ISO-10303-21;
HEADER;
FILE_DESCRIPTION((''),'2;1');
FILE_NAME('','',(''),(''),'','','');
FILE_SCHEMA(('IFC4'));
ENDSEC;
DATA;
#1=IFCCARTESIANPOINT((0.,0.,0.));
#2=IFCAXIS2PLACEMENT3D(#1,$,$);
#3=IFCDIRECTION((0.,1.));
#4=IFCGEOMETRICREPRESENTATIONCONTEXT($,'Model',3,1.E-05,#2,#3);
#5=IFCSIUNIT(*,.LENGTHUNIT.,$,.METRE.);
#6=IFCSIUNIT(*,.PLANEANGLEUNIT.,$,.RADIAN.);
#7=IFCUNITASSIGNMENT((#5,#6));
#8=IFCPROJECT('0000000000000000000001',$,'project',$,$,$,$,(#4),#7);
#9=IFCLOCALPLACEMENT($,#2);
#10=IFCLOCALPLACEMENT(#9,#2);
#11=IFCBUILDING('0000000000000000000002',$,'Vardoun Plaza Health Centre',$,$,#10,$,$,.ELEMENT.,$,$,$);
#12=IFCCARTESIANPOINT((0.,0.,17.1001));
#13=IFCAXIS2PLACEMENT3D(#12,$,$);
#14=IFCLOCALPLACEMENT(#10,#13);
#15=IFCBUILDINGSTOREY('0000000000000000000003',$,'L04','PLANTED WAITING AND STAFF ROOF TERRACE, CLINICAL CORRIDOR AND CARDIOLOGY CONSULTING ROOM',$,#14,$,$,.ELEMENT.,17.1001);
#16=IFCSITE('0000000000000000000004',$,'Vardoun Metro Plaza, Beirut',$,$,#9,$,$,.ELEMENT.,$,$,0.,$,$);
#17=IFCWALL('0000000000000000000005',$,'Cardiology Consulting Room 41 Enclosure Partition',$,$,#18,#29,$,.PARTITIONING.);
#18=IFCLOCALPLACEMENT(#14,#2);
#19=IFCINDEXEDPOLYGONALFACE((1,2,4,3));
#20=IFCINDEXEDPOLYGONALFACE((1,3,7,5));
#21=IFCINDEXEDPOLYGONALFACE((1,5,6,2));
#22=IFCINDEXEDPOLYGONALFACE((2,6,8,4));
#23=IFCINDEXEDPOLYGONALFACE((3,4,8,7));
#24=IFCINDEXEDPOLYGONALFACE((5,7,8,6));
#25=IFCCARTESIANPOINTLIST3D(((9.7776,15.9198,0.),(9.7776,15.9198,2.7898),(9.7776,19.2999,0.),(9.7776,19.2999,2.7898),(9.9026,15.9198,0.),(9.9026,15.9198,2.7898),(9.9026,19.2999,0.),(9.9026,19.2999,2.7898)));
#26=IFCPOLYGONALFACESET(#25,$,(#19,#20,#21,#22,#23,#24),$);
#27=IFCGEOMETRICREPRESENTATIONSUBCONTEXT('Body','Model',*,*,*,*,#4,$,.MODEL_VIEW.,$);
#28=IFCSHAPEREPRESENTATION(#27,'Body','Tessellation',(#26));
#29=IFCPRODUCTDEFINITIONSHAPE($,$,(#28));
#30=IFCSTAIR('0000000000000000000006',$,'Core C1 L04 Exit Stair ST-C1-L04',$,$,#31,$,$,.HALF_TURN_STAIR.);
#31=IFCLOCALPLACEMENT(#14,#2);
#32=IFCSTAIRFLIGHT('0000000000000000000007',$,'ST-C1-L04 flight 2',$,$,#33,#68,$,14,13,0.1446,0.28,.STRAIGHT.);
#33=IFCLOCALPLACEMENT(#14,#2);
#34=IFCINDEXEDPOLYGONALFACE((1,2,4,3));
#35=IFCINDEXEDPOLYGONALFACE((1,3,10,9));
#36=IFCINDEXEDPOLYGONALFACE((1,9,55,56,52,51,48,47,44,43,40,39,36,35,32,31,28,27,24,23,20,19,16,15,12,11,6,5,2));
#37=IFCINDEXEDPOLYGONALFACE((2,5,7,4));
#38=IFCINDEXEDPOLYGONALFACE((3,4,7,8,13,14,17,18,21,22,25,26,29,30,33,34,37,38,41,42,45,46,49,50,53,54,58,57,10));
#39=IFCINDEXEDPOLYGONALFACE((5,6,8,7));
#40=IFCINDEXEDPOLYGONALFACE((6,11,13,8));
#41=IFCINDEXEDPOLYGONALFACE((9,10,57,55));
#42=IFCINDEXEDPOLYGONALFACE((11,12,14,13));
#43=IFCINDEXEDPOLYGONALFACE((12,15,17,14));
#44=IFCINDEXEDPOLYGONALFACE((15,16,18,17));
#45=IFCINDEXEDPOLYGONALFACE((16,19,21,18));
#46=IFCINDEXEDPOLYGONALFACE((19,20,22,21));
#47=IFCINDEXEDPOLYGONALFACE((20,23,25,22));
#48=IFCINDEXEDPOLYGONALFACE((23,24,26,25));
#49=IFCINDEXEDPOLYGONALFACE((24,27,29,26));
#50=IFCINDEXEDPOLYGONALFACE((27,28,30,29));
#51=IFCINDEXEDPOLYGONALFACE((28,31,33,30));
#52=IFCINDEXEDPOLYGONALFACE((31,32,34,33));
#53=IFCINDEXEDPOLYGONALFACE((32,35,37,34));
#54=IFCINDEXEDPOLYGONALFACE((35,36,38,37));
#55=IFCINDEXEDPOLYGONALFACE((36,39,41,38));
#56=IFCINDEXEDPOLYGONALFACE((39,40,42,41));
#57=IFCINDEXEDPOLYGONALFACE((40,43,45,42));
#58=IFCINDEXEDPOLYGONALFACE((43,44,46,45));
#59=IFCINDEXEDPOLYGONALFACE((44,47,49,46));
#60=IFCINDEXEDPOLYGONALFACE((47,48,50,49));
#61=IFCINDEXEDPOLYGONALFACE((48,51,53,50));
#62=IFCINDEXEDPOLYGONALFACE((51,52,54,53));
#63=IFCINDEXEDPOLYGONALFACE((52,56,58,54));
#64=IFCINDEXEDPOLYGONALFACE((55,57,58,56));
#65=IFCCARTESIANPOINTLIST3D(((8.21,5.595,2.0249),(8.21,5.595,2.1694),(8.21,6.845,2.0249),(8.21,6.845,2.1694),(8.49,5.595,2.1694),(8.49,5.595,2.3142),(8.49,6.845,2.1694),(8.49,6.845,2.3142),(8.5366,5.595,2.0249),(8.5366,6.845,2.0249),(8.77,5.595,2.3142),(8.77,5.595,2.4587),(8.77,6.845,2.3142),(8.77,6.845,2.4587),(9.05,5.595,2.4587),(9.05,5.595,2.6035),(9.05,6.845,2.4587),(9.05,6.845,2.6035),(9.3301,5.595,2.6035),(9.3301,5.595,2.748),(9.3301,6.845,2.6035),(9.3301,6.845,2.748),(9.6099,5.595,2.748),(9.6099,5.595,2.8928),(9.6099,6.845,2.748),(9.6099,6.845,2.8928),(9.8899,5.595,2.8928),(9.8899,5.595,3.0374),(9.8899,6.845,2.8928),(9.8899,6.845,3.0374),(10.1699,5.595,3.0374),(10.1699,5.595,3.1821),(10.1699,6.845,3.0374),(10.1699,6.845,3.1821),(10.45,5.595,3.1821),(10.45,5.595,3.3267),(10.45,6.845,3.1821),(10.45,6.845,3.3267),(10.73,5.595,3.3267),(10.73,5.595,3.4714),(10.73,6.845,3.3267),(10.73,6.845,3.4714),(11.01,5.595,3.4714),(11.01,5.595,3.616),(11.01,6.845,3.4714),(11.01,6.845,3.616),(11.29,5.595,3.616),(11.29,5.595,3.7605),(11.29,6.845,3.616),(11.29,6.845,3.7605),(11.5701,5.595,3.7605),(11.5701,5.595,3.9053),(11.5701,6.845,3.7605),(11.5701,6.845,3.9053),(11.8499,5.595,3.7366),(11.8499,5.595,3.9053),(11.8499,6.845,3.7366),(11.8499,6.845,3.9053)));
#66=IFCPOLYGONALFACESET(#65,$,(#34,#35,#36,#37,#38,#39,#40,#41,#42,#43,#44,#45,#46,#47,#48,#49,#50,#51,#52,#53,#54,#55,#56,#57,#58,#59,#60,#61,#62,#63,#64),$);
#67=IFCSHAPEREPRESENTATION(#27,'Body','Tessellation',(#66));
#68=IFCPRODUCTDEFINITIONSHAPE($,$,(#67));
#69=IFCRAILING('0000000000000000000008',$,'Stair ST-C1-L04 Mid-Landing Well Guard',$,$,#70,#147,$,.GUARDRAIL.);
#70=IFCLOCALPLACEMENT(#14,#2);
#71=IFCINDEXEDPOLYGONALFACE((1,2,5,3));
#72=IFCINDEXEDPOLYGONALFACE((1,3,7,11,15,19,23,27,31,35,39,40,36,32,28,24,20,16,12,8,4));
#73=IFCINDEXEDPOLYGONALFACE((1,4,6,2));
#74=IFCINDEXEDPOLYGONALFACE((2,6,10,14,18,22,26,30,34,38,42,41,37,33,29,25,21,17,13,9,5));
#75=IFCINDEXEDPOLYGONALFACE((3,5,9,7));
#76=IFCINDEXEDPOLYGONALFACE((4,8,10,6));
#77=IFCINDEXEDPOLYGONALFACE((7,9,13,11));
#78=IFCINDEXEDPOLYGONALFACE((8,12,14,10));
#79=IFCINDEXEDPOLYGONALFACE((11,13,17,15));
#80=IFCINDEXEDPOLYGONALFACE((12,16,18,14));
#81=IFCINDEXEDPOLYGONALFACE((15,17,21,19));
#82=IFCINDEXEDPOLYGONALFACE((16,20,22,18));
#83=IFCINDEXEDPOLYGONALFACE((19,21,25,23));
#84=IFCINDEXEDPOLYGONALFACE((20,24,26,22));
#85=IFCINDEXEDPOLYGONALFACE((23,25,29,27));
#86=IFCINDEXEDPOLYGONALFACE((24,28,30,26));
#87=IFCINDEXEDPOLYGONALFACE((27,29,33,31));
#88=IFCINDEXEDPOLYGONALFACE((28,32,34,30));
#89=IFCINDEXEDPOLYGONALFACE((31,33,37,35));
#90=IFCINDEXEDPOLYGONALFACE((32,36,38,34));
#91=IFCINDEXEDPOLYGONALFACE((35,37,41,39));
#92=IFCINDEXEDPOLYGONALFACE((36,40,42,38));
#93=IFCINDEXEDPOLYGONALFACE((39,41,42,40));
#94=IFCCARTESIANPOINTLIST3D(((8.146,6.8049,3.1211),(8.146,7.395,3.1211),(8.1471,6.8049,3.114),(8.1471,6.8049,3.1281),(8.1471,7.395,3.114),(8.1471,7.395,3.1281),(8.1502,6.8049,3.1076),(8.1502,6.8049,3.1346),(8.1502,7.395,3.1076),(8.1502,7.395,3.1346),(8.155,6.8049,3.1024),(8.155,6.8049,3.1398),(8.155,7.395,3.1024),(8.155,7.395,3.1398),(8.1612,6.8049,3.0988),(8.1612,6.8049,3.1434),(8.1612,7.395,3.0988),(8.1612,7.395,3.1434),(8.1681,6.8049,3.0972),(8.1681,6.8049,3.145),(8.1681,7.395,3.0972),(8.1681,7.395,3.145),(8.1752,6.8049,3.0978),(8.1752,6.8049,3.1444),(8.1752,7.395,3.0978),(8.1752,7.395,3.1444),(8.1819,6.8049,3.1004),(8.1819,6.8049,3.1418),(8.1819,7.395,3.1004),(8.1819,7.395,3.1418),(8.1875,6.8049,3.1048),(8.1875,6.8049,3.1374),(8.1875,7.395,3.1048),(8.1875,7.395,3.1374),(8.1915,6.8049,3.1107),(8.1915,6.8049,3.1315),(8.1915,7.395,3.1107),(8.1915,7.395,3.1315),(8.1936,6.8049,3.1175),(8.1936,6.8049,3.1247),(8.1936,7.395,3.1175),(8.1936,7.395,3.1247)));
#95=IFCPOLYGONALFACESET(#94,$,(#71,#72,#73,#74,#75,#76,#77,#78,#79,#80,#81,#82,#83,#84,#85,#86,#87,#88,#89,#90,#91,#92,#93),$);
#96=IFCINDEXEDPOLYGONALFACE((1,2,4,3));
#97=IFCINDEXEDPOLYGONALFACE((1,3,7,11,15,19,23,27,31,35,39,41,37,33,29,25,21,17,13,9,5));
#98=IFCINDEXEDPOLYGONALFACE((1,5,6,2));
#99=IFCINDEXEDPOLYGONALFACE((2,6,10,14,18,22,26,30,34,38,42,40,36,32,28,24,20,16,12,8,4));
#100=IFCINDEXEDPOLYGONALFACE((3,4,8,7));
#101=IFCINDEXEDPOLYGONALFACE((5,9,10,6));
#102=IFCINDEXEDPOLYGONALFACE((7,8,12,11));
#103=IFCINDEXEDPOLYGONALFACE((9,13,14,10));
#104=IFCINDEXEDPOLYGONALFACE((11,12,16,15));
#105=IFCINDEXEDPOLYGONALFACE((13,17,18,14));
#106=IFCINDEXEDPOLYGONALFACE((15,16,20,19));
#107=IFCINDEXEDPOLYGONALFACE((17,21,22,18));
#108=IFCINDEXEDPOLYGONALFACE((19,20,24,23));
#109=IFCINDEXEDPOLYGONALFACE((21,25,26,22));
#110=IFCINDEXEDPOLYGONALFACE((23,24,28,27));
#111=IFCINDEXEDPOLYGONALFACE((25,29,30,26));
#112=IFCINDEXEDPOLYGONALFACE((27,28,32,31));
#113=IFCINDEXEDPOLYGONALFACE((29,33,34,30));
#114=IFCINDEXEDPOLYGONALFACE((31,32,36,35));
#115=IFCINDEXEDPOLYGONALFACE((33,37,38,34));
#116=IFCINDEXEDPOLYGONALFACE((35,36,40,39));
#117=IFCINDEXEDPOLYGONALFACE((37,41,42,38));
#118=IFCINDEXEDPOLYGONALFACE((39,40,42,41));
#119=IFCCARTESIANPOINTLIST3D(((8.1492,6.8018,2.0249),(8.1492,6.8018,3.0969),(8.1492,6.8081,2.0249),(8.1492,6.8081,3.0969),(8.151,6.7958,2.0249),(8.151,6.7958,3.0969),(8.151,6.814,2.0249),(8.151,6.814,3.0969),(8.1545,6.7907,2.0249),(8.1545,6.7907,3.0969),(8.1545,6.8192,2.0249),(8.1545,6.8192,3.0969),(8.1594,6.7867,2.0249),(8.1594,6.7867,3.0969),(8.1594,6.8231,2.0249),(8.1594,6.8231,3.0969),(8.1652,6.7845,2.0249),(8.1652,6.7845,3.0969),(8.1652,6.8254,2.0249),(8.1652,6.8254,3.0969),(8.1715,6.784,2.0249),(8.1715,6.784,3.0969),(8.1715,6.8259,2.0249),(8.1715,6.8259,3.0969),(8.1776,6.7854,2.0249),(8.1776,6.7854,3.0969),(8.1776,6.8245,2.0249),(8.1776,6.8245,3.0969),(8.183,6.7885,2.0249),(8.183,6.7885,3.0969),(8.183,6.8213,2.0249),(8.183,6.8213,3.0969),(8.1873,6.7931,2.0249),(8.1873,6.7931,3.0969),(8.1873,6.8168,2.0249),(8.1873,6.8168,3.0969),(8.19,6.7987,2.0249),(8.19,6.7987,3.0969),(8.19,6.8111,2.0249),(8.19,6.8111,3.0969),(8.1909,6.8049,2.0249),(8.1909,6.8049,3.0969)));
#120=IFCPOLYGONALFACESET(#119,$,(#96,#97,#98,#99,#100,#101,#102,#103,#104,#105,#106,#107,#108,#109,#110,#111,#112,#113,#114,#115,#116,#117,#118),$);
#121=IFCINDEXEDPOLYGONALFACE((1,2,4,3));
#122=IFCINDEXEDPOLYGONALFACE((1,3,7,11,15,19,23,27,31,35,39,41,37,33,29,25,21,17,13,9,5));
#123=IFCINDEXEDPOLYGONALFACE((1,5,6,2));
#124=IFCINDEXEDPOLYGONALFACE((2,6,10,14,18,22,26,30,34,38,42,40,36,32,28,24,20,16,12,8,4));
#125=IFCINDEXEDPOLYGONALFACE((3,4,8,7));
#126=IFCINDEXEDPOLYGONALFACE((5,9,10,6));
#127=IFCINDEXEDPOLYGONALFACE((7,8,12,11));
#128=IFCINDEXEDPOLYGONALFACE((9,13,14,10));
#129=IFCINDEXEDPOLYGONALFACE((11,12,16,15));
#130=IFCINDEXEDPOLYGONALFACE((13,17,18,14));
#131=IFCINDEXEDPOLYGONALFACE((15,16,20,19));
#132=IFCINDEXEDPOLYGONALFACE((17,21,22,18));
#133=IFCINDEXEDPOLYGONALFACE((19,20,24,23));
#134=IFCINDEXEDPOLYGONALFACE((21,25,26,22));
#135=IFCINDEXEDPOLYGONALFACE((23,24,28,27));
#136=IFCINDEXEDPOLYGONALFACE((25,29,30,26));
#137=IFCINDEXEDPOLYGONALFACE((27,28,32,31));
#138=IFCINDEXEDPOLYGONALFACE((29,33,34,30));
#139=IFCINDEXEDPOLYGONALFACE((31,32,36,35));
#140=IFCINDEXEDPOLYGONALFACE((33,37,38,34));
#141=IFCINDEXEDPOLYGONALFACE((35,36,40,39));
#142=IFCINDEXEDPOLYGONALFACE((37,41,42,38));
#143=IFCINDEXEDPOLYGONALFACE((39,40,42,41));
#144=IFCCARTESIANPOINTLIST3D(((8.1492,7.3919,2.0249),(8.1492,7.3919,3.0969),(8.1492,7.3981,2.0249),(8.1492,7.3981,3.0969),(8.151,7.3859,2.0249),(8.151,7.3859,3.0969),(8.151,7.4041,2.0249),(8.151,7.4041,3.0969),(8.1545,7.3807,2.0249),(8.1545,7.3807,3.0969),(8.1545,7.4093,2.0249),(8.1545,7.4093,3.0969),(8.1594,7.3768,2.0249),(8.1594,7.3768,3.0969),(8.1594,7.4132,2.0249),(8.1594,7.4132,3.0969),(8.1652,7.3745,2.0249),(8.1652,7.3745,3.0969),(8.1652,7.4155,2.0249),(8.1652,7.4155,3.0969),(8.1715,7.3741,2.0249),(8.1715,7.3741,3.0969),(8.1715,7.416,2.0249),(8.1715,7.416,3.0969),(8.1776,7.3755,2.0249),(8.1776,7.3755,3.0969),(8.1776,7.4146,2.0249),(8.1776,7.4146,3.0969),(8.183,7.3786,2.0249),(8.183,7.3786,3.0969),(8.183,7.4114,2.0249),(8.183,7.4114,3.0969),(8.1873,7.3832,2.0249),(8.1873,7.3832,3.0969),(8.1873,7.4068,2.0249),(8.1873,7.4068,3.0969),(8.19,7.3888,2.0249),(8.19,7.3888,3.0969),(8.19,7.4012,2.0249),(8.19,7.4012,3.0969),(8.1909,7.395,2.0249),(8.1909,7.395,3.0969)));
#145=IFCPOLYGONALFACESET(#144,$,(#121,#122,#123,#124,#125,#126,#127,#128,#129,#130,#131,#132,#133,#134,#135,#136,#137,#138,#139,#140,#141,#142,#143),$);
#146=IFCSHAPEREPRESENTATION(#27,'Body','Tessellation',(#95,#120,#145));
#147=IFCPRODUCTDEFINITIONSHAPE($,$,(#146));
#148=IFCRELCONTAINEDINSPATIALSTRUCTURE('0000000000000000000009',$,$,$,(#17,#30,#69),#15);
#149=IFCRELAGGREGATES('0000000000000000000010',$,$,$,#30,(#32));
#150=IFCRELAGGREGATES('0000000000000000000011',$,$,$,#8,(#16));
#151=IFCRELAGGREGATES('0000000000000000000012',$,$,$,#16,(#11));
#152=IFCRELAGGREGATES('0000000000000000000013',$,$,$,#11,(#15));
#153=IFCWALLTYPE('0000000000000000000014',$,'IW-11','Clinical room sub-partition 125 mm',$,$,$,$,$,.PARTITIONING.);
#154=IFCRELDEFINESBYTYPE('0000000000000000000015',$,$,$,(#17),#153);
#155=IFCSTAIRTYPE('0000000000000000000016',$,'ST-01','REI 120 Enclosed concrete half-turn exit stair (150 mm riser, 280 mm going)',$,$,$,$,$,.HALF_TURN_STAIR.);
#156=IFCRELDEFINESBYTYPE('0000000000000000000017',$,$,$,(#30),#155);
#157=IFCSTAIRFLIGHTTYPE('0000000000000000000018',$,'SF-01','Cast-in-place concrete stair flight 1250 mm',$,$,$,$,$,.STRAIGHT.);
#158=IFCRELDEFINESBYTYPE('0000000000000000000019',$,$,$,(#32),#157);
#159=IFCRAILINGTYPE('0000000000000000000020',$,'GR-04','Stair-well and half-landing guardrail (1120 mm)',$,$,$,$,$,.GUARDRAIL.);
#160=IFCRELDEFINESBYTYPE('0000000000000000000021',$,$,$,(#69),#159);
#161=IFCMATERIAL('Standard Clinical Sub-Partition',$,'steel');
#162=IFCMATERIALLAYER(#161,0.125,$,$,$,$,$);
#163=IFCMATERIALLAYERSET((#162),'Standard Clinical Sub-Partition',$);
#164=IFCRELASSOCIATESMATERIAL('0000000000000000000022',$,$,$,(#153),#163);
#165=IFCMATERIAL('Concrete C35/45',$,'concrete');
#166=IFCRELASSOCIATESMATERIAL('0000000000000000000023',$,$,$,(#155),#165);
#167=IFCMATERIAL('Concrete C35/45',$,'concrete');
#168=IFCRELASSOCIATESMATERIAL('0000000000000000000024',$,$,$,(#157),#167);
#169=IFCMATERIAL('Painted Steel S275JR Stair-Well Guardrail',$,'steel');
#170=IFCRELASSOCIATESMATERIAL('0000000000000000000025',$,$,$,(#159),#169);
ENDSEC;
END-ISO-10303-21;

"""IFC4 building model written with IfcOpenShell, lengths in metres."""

from ifc_helpers import new_model, si_unit, direction, frame, frame_2d, origin, origin_2d, place, context, subcontext, project, spatial, polyline, rectangle, circle, outline, extrude, material, layer, layer_set, type_object, element, aggregate, save


model = new_model("IFC4")

# Units and contexts
model_context = context("Model", 3, precision=1e-05, world=origin(), true_north=direction((0.0, 1.0)))
body_context = subcontext(model_context, "Body", "Model", "MODEL_VIEW")
ifc_project = project(units=[si_unit("LENGTHUNIT", "METRE"), si_unit("PLANEANGLEUNIT", "RADIAN")], contexts=[model_context])

# Site, building, storey
site_placement = place(None, origin())
site = spatial("IfcSite", under=ifc_project, at=site_placement, Name="Vardoun Metro Plaza, Beirut", CompositionType="ELEMENT", RefElevation=0.0)
building_placement = place(site_placement, origin())
building = spatial("IfcBuilding", under=site, at=building_placement, Name="Vardoun Plaza Health Centre", CompositionType="ELEMENT")
storey_placement = place(building_placement, frame((0.0, 0.0, 17.1001)))
storey = spatial("IfcBuildingStorey", under=building, at=storey_placement, Name="L04", Description="PLANTED WAITING AND STAFF ROOF TERRACE, CLINICAL CORRIDOR AND CARDIOLOGY CONSULTING ROOM", CompositionType="ELEMENT", Elevation=17.1001)

# Wall
ifc_material_1 = material(Name="Standard Clinical Sub-Partition", Category="steel")
ifc_layer_1 = layer(ifc_material_1, 0.125)
ifc_layer_set_1 = layer_set([ifc_layer_1], Name="Standard Clinical Sub-Partition")
wall_type_1 = type_object("IfcWallType", Name="IW-11", Description="Clinical room sub-partition 125 mm", PredefinedType="PARTITIONING", material=ifc_layer_set_1)
wall_1_placement = place(storey_placement, frame((9.8401, 15.9199, 0.0), z_axis=(0.0, 0.0, 1.0), x_axis=(0.0, 1.0, 0.0)))
element("IfcWall", 1, at=wall_1_placement, inside=storey, type_object=wall_type_1, Name="Cardiology Consulting Room 41 Enclosure Partition", PredefinedType="PARTITIONING", context=body_context, shape_type="SweptSolid", body=[
    extrude(rectangle(XDim=3.3801, YDim=0.125, at=frame_2d((1.6899, 0.0))), origin(), (0.0, 0.0, 1.0), 2.7898),
])

# Stair, stair flight
ifc_material_2 = material(Name="Concrete C35/45", Category="concrete")
stair_type = type_object("IfcStairType", Name="ST-01", Description="REI 120 Enclosed concrete half-turn exit stair (150 mm riser, 280 mm going)", PredefinedType="HALF_TURN_STAIR", material=ifc_material_2)
stair_placement = place(storey_placement, origin())
stair = element("IfcStair", 2, at=stair_placement, inside=storey, type_object=stair_type, Name="Core C1 L04 Exit Stair ST-C1-L04", PredefinedType="HALF_TURN_STAIR")
ifc_material_3 = material(Name="Concrete C35/45", Category="concrete")
stair_flight_type = type_object("IfcStairFlightType", Name="SF-01", Description="Cast-in-place concrete stair flight 1250 mm", PredefinedType="STRAIGHT", material=ifc_material_3)
stair_flight_placement = place(storey_placement, frame((8.21, 6.22, 2.0249), z_axis=(0.0, 0.0, 1.0), x_axis=(1.0, 0.0, 0.0)))
stair_flight = element("IfcStairFlight", 3, at=stair_flight_placement, type_object=stair_flight_type, Name="ST-C1-L04 flight 2", NumberOfRisers=14, NumberOfTreads=13, PredefinedType="STRAIGHT", RiserHeight=0.1446, TreadLength=0.28, context=body_context, shape_type="SweptSolid", body=[
    extrude(outline(polyline([(0.0, 0.0), (0.0, 0.1445), (0.28, 0.1445), (0.28, 0.2893), (0.5601, 0.2893), (0.5601, 0.4338), (0.8401, 0.4338), (0.8401, 0.5786), (1.1201, 0.5786), (1.1201, 0.7231), (1.3999, 0.7231), (1.3999, 0.8679), (1.6799, 0.8679), (1.6799, 1.0125), (1.96, 1.0125), (1.96, 1.1572), (2.24, 1.1572), (2.24, 1.3018), (2.52, 1.3018), (2.52, 1.4465), (2.8, 1.4465), (2.8, 1.5911), (3.0801, 1.5911), (3.0801, 1.7356), (3.3601, 1.7356), (3.3601, 1.8804), (3.6399, 1.8804), (3.6399, 2.0249), (3.6399, 1.7117), (0.3267, 0.0), (0.0, 0.0)])), frame((0.0, 0.625, 0.0), z_axis=(0.0, -1.0, 0.0), x_axis=(1.0, 0.0, 0.0)), (0.0, 0.0, 1.0), 1.25),
])
aggregate(stair, [stair_flight])

# Railing
ifc_material_4 = material(Name="Painted Steel S275JR Stair-Well Guardrail", Category="steel")
railing_type_1 = type_object("IfcRailingType", Name="GR-04", Description="Stair-well and half-landing guardrail (1120 mm)", PredefinedType="GUARDRAIL", material=ifc_material_4)
railing_1_placement = place(storey_placement, frame((8.1699, 6.8049, 2.0249)))
element("IfcRailing", 4, at=railing_1_placement, inside=storey, type_object=railing_type_1, Name="Stair ST-C1-L04 Mid-Landing Well Guard", PredefinedType="GUARDRAIL", context=body_context, shape_type="SweptSolid", body=[
    extrude(circle(Radius=0.0239, at=origin_2d()), frame((0.0, 0.0, 1.0962), z_axis=(0.0, 1.0, 0.0), x_axis=(-1.0, 0.0, 0.0)), (0.0, 0.0, 1.0), 0.5901),
    extrude(circle(Radius=0.021, at=origin_2d()), origin(), (0.0, 0.0, 1.0), 1.072),
    extrude(circle(Radius=0.021, at=origin_2d()), frame((0.0, 0.5901, 0.0)), (0.0, 0.0, 1.0), 1.072),
])

save(model, "model.ifc")
